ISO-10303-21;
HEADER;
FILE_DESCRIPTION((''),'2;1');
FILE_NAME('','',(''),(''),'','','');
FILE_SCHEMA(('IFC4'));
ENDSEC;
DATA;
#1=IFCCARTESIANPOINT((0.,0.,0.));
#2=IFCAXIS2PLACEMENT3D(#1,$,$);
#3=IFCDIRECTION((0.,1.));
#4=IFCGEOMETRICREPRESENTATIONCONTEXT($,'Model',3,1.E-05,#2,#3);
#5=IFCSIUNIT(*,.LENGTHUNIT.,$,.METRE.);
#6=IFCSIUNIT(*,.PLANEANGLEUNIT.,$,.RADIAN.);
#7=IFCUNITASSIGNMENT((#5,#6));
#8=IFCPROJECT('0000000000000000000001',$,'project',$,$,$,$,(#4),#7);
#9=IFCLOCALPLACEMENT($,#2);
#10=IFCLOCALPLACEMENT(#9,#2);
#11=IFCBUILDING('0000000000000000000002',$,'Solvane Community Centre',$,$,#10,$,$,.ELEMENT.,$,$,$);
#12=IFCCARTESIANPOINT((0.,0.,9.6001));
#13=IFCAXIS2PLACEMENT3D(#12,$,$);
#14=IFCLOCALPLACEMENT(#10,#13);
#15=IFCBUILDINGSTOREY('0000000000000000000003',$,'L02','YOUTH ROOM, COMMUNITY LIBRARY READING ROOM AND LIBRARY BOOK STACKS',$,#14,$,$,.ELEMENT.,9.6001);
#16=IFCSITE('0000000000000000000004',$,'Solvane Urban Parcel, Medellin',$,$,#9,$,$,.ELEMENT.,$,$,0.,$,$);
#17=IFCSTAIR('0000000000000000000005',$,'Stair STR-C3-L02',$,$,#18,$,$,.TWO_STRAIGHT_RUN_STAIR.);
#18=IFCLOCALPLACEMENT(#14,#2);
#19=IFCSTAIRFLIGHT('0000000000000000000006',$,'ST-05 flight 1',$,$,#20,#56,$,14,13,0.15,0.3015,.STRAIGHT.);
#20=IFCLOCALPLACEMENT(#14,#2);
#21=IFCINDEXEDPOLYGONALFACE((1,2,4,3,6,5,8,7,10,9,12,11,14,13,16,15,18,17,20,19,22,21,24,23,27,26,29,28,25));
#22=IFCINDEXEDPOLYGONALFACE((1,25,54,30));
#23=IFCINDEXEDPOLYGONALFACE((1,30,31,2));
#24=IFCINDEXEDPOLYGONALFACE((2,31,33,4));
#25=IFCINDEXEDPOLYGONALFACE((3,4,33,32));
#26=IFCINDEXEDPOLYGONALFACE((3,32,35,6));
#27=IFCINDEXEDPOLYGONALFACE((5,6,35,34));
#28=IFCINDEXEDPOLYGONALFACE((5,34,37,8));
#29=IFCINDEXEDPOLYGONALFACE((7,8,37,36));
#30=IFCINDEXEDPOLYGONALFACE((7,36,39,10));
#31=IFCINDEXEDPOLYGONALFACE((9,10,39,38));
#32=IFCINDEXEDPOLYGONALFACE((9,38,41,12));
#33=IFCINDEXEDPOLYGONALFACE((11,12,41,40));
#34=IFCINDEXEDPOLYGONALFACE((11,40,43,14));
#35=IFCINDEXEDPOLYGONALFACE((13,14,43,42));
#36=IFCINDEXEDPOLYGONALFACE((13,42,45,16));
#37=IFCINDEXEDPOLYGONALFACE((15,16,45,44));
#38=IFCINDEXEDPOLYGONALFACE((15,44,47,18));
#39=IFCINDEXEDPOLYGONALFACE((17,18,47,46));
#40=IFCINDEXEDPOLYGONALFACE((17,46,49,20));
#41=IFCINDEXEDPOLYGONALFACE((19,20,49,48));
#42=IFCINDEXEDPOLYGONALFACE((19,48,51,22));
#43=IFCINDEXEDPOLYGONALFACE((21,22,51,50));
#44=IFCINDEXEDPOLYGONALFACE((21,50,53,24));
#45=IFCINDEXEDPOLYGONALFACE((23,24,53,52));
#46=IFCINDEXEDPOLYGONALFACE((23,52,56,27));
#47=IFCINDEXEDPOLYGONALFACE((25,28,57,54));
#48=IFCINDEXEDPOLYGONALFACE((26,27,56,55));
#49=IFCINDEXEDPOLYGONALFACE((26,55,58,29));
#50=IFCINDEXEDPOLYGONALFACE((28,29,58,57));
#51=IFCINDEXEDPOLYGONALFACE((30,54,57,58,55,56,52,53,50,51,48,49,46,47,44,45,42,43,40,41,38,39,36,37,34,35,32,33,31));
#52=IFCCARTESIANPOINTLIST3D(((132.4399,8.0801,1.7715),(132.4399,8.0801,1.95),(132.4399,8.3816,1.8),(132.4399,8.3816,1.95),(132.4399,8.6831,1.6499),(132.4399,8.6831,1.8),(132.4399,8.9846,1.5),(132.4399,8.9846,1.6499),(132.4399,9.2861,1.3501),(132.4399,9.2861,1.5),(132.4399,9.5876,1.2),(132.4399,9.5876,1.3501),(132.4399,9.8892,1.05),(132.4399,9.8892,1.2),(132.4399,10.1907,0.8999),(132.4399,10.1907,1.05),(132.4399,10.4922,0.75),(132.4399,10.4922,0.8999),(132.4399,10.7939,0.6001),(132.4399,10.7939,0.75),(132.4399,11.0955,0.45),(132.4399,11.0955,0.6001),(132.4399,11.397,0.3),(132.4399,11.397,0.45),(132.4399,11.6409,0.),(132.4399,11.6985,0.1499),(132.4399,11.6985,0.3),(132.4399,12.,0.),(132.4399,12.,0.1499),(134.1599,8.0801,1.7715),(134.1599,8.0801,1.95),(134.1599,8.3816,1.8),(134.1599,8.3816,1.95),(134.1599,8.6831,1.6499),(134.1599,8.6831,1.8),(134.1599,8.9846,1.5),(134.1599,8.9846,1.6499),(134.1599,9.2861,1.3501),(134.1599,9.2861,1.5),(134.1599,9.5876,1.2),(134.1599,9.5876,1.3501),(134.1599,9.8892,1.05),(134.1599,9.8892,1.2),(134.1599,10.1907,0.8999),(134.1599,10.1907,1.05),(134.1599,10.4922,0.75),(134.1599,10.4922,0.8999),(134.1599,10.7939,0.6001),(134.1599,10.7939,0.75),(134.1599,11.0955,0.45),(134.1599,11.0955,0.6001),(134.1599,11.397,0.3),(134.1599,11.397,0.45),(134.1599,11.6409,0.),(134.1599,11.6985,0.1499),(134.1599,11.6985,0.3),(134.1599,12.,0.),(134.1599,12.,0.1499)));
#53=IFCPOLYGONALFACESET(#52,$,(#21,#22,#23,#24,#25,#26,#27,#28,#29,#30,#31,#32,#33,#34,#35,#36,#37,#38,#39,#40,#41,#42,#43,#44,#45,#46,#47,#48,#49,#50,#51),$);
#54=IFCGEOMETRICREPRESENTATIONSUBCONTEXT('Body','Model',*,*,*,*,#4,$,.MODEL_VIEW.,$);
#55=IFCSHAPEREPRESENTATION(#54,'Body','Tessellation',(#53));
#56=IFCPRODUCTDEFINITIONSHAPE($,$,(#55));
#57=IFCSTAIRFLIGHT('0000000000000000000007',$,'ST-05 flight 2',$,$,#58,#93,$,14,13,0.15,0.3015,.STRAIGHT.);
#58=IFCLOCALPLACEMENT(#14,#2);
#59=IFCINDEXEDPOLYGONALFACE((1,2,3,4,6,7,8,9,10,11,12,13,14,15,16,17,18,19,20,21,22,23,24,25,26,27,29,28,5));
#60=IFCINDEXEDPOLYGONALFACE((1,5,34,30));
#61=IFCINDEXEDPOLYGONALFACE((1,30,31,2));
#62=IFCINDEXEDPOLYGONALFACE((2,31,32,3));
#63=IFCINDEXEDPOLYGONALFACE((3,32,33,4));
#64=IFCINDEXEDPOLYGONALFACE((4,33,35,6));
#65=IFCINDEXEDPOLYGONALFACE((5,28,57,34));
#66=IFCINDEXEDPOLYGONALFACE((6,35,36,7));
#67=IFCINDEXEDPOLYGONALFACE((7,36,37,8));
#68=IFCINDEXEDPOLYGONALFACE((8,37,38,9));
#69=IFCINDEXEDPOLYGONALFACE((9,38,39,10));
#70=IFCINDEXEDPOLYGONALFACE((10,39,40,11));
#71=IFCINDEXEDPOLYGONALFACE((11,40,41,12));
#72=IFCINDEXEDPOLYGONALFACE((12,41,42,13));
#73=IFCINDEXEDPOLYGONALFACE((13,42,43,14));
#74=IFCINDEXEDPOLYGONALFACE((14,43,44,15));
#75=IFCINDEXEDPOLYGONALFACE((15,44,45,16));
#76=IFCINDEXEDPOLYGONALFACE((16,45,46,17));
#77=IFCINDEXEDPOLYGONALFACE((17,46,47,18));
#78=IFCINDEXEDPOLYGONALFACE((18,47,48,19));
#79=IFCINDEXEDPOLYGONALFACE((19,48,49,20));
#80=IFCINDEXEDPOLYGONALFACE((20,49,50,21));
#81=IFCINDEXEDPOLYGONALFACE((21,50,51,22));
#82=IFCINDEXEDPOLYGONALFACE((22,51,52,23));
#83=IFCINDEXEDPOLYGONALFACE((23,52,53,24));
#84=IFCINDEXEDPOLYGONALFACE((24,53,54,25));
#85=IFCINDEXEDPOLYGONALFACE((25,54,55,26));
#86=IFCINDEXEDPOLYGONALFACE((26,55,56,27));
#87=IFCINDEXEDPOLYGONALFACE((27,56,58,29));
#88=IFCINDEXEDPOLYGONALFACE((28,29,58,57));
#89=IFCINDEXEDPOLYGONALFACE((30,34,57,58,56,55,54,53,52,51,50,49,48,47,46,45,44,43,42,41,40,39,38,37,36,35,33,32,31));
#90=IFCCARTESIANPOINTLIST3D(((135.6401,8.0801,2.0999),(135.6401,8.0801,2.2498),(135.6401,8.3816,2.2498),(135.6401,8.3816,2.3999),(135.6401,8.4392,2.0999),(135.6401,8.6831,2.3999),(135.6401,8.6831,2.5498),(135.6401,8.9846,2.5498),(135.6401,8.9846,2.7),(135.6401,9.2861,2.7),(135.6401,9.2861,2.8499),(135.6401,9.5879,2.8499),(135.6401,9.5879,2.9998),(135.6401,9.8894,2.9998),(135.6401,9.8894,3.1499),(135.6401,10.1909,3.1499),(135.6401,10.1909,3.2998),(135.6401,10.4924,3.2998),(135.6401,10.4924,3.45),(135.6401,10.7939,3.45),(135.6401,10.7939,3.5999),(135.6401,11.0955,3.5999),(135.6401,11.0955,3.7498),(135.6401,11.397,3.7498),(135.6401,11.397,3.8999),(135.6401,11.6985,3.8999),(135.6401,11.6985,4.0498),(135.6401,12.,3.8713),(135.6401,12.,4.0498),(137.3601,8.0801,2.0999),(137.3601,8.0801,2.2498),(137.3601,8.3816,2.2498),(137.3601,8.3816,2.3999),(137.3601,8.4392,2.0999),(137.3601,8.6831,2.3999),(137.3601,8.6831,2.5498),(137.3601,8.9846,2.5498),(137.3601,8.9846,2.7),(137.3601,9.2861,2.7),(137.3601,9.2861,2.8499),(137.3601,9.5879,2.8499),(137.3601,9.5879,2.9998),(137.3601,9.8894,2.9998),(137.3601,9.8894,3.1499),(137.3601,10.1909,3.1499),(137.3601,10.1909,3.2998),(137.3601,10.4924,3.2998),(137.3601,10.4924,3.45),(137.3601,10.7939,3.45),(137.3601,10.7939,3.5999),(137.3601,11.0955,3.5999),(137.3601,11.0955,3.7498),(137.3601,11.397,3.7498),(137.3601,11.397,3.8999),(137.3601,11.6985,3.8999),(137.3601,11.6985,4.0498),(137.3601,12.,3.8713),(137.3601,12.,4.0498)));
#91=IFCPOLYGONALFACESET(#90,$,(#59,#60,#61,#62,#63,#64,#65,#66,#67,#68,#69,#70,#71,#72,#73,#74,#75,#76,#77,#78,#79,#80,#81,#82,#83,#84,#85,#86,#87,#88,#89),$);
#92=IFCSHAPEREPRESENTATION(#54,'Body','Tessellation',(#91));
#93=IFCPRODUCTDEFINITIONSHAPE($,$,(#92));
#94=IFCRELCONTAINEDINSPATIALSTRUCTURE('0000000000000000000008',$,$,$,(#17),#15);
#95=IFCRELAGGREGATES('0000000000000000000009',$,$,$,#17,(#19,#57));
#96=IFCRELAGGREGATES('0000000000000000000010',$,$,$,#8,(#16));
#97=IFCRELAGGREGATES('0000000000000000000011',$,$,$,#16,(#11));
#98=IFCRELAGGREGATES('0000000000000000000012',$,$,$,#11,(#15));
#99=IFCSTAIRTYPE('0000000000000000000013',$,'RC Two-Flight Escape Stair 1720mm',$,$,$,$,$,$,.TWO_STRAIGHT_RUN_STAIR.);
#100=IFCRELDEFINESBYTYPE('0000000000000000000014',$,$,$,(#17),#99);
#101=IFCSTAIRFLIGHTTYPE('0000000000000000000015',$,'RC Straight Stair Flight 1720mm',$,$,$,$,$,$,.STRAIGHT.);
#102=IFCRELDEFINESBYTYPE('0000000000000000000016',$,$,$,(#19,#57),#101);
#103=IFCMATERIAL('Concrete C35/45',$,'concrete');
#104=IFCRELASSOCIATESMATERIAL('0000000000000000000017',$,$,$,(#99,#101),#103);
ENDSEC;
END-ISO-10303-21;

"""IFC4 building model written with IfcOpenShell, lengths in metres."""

from ifc_helpers import new_model, si_unit, direction, frame, origin, place, context, subcontext, project, spatial, polyline, outline, extrude, material, type_object, element, aggregate, save


model = new_model("IFC4")

# Units and contexts
model_context = context("Model", 3, precision=1e-05, world=origin(), true_north=direction((0.0, 1.0)))
body_context = subcontext(model_context, "Body", "Model", "MODEL_VIEW")
ifc_project = project(units=[si_unit("LENGTHUNIT", "METRE"), si_unit("PLANEANGLEUNIT", "RADIAN")], contexts=[model_context])

# Site, building, storey
site_placement = place(None, origin())
site = spatial("IfcSite", under=ifc_project, at=site_placement, Name="Solvane Urban Parcel, Medellin", CompositionType="ELEMENT", RefElevation=0.0)
building_placement = place(site_placement, origin())
building = spatial("IfcBuilding", under=site, at=building_placement, Name="Solvane Community Centre", CompositionType="ELEMENT")
storey_placement = place(building_placement, frame((0.0, 0.0, 9.6001)))
storey = spatial("IfcBuildingStorey", under=building, at=storey_placement, Name="L02", Description="YOUTH ROOM, COMMUNITY LIBRARY READING ROOM AND LIBRARY BOOK STACKS", CompositionType="ELEMENT", Elevation=9.6001)

# Shared definitions
ifc_material_1 = material(Name="Concrete C35/45", Category="concrete")

# Stair, stair flights
stair_type = type_object("IfcStairType", Name="RC Two-Flight Escape Stair 1720mm", PredefinedType="TWO_STRAIGHT_RUN_STAIR", material=ifc_material_1)
stair_placement = place(storey_placement, origin())
stair = element("IfcStair", 1, at=stair_placement, inside=storey, type_object=stair_type, Name="Stair STR-C3-L02", PredefinedType="TWO_STRAIGHT_RUN_STAIR")
stair_flight_type = type_object("IfcStairFlightType", Name="RC Straight Stair Flight 1720mm", PredefinedType="STRAIGHT", material=ifc_material_1)
stair_flight_1_placement = place(storey_placement, frame((133.3, 12.0, 0.0), z_axis=(0.0, 0.0, 1.0), x_axis=(0.0, -1.0, 0.0)))
stair_flight_1 = element("IfcStairFlight", 2, at=stair_flight_1_placement, type_object=stair_flight_type, Name="ST-05 flight 1", NumberOfRisers=14, NumberOfTreads=13, PredefinedType="STRAIGHT", RiserHeight=0.15, TreadLength=0.3015, context=body_context, shape_type="SweptSolid", body=[
    extrude(outline(polyline([(0.0, 0.0), (0.0, 0.1499), (0.3015, 0.1499), (0.3015, 0.3), (0.603, 0.3), (0.603, 0.45), (0.9045, 0.45), (0.9045, 0.6001), (1.2061, 0.6001), (1.2061, 0.75), (1.5078, 0.75), (1.5078, 0.8999), (1.8093, 0.8999), (1.8093, 1.05), (2.1108, 1.05), (2.1108, 1.2), (2.4124, 1.2), (2.4124, 1.3501), (2.7139, 1.3501), (2.7139, 1.5), (3.0154, 1.5), (3.0154, 1.6499), (3.3169, 1.6499), (3.3169, 1.8), (3.6184, 1.8), (3.6184, 1.95), (3.9199, 1.95), (3.9199, 2.1001), (3.9199, 1.7715), (0.3591, 0.0), (0.0, 0.0)])), frame((0.0, 0.8599, 0.0), z_axis=(0.0, -1.0, 0.0), x_axis=(1.0, 0.0, 0.0)), (0.0, 0.0, 1.0), 1.72),
])
stair_flight_2_placement = place(storey_placement, frame((136.5, 8.0801, 2.0999), z_axis=(0.0, 0.0, 1.0), x_axis=(0.0, 1.0, 0.0)))
stair_flight_2 = element("IfcStairFlight", 3, at=stair_flight_2_placement, type_object=stair_flight_type, Name="ST-05 flight 2", NumberOfRisers=14, NumberOfTreads=13, PredefinedType="STRAIGHT", RiserHeight=0.15, TreadLength=0.3015, context=body_context, shape_type="SweptSolid", body=[
    extrude(outline(polyline([(0.0, 0.0), (0.0, 0.1499), (0.3015, 0.1499), (0.3015, 0.3), (0.603, 0.3), (0.603, 0.45), (0.9045, 0.45), (0.9045, 0.6001), (1.2061, 0.6001), (1.2061, 0.75), (1.5078, 0.75), (1.5078, 0.8999), (1.8093, 0.8999), (1.8093, 1.05), (2.1108, 1.05), (2.1108, 1.2), (2.4124, 1.2), (2.4124, 1.3501), (2.7139, 1.3501), (2.7139, 1.5), (3.0154, 1.5), (3.0154, 1.6499), (3.3169, 1.6499), (3.3169, 1.8), (3.6184, 1.8), (3.6184, 1.95), (3.9199, 1.95), (3.9199, 2.1001), (3.9199, 1.7715), (0.3591, 0.0), (0.0, 0.0)])), frame((0.0, 0.8599, 0.0), z_axis=(0.0, -1.0, 0.0), x_axis=(1.0, 0.0, 0.0)), (0.0, 0.0, 1.0), 1.72),
])
aggregate(stair, [stair_flight_1, stair_flight_2])

save(model, "model.ifc")
